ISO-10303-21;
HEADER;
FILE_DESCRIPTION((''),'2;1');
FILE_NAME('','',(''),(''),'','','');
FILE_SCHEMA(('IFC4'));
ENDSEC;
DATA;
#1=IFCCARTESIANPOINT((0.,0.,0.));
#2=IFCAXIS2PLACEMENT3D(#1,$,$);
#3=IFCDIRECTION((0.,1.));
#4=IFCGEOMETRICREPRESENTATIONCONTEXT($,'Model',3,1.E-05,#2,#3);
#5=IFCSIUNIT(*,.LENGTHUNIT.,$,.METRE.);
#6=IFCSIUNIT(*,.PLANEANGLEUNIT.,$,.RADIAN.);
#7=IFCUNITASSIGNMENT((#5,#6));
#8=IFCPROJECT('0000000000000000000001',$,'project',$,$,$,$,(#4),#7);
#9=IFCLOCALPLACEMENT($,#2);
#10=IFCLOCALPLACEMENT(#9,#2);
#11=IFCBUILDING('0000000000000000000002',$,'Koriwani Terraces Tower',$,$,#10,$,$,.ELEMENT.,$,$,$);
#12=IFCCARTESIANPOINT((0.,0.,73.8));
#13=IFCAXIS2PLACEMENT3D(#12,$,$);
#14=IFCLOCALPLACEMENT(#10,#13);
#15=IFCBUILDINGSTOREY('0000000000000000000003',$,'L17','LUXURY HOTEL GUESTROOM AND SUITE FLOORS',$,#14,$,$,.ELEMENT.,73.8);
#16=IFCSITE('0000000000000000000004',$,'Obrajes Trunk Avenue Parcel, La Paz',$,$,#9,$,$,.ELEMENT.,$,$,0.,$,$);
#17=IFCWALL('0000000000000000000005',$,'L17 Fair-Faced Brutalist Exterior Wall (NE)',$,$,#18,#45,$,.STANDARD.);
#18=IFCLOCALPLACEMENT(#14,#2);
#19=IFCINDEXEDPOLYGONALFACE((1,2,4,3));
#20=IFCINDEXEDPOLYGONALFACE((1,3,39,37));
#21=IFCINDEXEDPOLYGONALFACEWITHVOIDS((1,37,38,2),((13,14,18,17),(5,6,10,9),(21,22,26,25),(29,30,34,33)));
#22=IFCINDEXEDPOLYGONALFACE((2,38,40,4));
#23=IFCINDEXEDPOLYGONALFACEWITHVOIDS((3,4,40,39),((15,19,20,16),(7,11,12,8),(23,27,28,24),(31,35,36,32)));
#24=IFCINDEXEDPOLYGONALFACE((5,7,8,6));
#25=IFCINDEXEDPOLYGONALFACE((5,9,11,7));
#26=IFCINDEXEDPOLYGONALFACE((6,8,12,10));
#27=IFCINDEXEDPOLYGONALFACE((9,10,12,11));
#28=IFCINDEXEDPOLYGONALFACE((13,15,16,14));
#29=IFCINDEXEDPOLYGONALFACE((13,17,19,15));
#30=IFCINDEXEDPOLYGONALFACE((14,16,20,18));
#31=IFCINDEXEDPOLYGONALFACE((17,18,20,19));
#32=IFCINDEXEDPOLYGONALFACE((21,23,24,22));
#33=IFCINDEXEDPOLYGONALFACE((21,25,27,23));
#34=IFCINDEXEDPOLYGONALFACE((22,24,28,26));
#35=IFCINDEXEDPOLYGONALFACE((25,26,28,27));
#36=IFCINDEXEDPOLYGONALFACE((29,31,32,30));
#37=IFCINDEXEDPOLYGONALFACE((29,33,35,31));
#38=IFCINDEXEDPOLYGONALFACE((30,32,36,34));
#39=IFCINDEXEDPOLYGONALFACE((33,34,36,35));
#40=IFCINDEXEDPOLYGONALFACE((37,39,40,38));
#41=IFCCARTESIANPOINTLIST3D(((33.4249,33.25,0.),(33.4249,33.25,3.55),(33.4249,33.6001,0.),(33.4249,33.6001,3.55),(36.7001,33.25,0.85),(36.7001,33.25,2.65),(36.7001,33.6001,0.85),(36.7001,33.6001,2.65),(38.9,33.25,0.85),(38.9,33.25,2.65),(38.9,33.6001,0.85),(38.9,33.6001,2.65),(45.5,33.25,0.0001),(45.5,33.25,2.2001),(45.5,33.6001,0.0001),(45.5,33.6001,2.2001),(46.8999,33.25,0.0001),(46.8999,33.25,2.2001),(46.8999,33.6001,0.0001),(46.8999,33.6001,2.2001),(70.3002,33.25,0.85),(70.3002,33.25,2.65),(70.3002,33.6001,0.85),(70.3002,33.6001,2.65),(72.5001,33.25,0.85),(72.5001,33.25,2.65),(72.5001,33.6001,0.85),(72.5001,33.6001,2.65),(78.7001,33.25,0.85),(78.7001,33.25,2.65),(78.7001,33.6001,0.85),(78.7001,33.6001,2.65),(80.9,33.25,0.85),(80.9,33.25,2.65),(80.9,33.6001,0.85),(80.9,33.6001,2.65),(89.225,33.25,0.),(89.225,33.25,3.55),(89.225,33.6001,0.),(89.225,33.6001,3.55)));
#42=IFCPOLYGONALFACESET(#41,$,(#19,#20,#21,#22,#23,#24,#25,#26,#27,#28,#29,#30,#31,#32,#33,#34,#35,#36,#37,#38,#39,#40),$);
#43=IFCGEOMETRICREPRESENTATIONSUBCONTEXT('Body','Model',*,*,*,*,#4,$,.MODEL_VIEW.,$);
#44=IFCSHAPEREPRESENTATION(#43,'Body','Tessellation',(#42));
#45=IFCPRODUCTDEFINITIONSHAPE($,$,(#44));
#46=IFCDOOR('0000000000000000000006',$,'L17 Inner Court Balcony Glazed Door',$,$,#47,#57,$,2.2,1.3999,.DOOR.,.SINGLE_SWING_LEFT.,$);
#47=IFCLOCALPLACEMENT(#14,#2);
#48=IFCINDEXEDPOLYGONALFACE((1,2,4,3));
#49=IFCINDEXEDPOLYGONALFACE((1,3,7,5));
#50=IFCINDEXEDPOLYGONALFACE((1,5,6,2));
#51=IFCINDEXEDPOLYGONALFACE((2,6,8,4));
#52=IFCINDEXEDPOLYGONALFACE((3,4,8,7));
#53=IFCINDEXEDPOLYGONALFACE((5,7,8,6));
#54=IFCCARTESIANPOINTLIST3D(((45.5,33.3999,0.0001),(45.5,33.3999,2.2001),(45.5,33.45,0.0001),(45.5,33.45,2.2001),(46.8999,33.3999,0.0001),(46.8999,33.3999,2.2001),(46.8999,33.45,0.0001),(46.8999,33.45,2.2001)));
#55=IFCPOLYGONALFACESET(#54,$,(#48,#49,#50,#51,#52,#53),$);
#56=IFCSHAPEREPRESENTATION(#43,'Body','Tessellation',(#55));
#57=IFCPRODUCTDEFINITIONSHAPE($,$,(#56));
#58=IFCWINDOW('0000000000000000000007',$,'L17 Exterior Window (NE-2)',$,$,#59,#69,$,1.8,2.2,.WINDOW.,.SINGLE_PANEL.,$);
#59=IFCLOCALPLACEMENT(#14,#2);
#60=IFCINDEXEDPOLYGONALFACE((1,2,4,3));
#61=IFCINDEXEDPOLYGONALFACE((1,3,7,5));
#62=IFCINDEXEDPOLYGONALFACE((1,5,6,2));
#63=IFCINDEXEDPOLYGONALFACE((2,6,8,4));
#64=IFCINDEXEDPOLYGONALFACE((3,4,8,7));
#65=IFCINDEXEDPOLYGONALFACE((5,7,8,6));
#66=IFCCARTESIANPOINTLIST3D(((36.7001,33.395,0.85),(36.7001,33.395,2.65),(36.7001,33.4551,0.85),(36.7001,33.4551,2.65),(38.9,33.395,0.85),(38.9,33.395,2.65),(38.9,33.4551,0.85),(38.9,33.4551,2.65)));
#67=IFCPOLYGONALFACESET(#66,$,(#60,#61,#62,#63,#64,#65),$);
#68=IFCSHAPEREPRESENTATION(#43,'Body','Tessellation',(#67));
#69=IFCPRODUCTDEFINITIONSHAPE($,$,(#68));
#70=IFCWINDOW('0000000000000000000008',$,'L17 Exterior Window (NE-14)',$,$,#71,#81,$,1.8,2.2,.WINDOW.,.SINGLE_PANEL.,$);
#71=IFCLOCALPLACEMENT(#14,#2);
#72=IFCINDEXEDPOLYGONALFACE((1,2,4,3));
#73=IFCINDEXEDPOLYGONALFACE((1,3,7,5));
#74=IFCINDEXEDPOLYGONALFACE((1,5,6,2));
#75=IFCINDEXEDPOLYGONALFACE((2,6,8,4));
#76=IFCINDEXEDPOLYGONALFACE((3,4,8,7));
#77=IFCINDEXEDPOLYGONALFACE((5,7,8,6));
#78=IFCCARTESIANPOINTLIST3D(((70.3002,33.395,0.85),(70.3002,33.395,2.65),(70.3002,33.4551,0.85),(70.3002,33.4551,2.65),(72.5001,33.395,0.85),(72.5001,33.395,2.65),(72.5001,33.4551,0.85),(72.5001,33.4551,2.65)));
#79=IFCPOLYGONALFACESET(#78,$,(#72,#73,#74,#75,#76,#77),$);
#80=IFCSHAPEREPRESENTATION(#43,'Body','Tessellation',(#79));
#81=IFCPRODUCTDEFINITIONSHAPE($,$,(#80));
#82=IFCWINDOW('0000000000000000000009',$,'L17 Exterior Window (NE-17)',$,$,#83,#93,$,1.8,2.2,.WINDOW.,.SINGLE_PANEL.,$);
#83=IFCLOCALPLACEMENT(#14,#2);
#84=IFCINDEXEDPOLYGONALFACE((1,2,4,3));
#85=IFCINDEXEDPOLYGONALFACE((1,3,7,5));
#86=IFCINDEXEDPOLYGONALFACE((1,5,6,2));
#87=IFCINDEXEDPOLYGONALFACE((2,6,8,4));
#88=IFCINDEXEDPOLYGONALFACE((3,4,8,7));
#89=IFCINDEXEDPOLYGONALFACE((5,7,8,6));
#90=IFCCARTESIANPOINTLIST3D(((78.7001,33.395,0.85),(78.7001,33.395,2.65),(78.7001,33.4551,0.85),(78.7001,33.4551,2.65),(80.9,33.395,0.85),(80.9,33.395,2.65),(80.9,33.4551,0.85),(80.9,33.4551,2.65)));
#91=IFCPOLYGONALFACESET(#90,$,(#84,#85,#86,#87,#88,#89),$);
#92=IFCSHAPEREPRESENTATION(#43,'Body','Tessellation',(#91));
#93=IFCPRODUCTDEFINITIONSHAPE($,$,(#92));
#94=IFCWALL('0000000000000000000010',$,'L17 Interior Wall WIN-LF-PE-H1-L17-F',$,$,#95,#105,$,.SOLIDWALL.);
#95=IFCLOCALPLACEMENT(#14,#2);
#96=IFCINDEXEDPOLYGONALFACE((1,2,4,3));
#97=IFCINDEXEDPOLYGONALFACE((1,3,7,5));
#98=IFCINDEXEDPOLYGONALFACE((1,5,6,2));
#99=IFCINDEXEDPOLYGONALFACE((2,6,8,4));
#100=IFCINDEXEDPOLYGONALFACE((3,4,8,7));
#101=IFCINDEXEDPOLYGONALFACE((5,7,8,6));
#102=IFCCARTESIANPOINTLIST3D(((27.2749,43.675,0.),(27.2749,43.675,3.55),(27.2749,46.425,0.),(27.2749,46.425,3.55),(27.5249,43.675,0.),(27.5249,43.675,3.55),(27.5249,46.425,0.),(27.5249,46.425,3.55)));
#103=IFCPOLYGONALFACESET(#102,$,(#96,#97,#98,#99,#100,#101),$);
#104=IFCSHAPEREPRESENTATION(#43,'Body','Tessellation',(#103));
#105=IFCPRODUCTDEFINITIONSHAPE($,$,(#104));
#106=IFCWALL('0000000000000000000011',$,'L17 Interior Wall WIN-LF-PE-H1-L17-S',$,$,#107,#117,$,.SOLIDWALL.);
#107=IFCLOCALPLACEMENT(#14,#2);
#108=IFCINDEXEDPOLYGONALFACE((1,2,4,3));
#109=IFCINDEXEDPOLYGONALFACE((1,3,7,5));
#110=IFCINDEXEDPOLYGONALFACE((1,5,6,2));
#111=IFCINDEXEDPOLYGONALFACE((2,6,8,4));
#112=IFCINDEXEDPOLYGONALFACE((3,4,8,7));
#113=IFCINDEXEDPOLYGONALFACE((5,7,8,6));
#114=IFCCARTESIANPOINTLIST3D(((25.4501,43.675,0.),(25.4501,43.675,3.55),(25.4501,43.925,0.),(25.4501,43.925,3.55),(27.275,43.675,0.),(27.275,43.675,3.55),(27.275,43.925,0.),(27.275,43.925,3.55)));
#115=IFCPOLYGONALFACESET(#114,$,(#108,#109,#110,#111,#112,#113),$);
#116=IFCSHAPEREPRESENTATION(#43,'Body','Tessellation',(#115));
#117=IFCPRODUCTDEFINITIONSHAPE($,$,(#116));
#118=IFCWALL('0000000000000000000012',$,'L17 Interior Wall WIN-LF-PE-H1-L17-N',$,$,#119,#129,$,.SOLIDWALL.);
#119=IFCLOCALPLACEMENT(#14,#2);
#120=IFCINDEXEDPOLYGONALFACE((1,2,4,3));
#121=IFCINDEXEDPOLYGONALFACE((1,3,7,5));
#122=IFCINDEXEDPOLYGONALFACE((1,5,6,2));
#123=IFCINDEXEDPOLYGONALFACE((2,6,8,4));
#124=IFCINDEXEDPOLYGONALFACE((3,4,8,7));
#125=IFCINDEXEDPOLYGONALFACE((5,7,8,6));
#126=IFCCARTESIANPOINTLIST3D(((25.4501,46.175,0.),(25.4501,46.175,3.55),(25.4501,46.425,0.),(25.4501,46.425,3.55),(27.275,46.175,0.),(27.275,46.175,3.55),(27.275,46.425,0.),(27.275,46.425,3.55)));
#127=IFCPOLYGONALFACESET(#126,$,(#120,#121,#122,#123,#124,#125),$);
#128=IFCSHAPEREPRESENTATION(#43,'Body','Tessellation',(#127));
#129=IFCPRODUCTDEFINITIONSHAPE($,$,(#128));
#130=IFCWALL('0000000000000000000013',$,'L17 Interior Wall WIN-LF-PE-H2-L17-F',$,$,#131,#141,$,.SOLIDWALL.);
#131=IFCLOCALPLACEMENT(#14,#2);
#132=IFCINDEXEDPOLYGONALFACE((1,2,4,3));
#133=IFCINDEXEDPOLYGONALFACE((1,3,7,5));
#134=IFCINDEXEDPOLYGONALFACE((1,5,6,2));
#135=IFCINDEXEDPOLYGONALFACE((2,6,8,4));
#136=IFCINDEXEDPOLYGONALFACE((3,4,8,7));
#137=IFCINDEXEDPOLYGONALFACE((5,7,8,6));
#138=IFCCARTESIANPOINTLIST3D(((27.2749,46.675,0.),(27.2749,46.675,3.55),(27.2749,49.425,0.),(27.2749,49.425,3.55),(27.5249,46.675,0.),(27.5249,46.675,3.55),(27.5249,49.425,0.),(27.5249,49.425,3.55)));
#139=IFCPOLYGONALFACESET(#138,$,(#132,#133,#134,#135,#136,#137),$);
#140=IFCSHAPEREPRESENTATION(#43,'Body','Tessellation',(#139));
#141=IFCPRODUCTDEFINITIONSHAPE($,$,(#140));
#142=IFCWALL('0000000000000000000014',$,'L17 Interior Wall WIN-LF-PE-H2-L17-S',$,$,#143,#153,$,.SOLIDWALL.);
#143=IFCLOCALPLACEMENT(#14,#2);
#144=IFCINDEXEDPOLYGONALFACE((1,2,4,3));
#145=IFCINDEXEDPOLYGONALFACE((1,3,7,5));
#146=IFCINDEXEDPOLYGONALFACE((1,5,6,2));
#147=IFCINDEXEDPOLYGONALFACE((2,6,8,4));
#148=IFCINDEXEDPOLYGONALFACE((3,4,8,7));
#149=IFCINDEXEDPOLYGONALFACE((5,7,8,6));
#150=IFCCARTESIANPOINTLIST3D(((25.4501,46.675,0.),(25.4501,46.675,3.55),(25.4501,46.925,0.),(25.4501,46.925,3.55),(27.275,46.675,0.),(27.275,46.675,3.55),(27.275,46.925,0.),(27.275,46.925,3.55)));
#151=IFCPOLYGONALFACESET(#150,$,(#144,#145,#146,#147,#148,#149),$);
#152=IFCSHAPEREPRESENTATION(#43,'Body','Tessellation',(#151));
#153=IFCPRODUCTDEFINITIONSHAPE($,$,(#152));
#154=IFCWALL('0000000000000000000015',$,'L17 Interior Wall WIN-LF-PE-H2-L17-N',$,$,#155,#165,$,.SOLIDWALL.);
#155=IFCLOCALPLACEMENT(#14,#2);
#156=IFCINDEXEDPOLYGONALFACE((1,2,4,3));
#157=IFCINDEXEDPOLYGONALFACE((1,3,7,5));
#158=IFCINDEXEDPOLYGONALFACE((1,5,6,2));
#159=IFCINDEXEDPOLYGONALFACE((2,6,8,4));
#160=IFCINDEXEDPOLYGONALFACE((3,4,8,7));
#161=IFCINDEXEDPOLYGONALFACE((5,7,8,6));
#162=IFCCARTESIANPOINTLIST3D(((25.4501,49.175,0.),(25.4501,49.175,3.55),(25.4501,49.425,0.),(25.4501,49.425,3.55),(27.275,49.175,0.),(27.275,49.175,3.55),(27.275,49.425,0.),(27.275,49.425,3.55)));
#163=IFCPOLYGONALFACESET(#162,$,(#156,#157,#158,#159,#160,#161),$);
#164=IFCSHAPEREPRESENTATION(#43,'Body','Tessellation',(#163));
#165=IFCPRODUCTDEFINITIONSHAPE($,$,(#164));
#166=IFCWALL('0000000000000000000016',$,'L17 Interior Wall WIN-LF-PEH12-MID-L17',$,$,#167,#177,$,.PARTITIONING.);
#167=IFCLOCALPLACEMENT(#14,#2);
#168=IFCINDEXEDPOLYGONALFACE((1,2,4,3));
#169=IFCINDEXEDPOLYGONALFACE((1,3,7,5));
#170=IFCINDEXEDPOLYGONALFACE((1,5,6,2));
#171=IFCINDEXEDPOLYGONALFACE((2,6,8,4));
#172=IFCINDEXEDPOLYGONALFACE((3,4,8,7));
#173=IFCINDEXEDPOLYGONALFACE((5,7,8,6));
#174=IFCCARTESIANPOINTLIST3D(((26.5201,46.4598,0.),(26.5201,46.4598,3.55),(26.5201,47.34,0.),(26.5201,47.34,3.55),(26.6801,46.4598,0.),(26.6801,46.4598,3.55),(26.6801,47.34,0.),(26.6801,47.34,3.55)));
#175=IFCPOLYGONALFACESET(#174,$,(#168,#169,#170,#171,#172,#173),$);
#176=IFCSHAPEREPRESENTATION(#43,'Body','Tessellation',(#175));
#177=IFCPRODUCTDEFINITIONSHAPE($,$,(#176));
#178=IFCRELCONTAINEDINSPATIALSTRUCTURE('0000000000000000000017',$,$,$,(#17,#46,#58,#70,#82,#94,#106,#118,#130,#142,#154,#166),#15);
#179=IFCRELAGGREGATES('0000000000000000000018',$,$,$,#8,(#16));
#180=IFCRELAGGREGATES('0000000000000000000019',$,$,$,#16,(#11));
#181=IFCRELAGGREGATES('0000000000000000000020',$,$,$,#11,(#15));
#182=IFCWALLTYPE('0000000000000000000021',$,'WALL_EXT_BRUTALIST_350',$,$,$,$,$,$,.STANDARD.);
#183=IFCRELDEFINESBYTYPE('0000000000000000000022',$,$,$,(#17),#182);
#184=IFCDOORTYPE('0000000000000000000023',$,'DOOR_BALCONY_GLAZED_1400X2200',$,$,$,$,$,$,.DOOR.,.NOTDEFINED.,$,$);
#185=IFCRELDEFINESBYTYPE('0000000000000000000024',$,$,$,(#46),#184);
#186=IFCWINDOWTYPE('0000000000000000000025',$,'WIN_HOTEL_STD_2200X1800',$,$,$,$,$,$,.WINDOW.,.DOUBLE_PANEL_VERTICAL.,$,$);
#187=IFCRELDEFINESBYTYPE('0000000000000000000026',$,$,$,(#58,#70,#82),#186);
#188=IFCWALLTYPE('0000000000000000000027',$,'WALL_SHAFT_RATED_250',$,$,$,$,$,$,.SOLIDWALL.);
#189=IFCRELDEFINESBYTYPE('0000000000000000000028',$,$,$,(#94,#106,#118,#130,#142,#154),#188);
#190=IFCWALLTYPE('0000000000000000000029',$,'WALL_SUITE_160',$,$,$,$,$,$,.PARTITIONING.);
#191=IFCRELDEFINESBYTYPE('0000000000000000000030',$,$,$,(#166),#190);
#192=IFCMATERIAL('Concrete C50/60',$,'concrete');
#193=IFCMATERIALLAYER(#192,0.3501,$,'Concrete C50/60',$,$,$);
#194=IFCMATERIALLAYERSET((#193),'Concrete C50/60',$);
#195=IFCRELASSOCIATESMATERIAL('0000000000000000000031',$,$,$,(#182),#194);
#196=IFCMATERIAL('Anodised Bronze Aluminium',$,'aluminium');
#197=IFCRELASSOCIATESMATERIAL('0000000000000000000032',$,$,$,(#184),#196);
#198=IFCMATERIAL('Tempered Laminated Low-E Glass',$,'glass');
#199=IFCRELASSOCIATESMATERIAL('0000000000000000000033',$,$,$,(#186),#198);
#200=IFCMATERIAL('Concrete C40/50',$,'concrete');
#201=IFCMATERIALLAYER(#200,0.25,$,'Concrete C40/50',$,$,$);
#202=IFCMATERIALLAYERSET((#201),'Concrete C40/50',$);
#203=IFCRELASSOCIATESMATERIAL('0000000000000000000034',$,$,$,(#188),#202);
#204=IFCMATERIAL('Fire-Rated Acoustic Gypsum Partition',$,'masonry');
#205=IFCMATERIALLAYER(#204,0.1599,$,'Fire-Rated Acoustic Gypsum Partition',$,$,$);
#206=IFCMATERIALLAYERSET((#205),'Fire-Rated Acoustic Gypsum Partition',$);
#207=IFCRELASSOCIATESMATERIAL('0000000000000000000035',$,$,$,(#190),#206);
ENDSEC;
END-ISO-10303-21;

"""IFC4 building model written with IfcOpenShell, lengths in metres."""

from ifc_helpers import new_model, si_unit, direction, frame, frame_2d, origin, place, context, subcontext, project, spatial, rectangle, extrude, material, layer, layer_set, type_object, element, fill, save


model = new_model("IFC4")

# Units and contexts
model_context = context("Model", 3, precision=1e-05, world=origin(), true_north=direction((0.0, 1.0)))
body_context = subcontext(model_context, "Body", "Model", "MODEL_VIEW")
ifc_project = project(units=[si_unit("LENGTHUNIT", "METRE"), si_unit("PLANEANGLEUNIT", "RADIAN")], contexts=[model_context])

# Site, building, storey
site_placement = place(None, origin())
site = spatial("IfcSite", under=ifc_project, at=site_placement, Name="Obrajes Trunk Avenue Parcel, La Paz", CompositionType="ELEMENT", RefElevation=0.0)
building_placement = place(site_placement, origin())
building = spatial("IfcBuilding", under=site, at=building_placement, Name="Koriwani Terraces Tower", CompositionType="ELEMENT")
storey_placement = place(building_placement, frame((0.0, 0.0, 73.8)))
storey = spatial("IfcBuildingStorey", under=building, at=storey_placement, Name="L17", Description="LUXURY HOTEL GUESTROOM AND SUITE FLOORS", CompositionType="ELEMENT", Elevation=73.8)

# Shared definitions
ifc_material_1 = material(Name="Concrete C50/60", Category="concrete")

# Wall, openings, door, windows
ifc_layer_1 = layer(ifc_material_1, 0.3501, Name="Concrete C50/60")
ifc_layer_set_1 = layer_set([ifc_layer_1], Name="Concrete C50/60")
wall_type_1 = type_object("IfcWallType", Name="WALL_EXT_BRUTALIST_350", PredefinedType="STANDARD", material=ifc_layer_set_1)
wall_1_placement = place(storey_placement, frame((33.425, 33.425, 0.0), z_axis=(0.0, 0.0, 1.0), x_axis=(1.0, 0.0, 0.0)))
wall_1 = element("IfcWall", 1, at=wall_1_placement, inside=storey, type_object=wall_type_1, Name="L17 Fair-Faced Brutalist Exterior Wall (NE)", PredefinedType="STANDARD", context=body_context, shape_type="SweptSolid", body=[
    extrude(rectangle(XDim=55.8, YDim=0.3501, at=frame_2d((27.8999, 0.0))), origin(), (0.0, 0.0, 1.0), 3.55),
])
opening_1_placement = place(wall_1_placement, frame((12.075, 0.0, 0.0)))
opening_1 = element("IfcOpeningElement", 2, at=opening_1_placement, cuts=wall_1, PredefinedType="OPENING", context=body_context, shape_type="SweptSolid", body=[
    extrude(rectangle(XDim=1.3999, YDim=2.2, at=frame_2d((0.7, 1.1001))), frame((0.0, 0.1851, 0.0), z_axis=(0.0, -1.0, 0.0), x_axis=(1.0, 0.0, 0.0)), (0.0, 0.0, 1.0), 0.3701),
])
opening_2_placement = place(wall_1_placement, frame((3.2749, 0.0, 0.8501)))
opening_2 = element("IfcOpeningElement", 3, at=opening_2_placement, cuts=wall_1, PredefinedType="OPENING", context=body_context, shape_type="SweptSolid", body=[
    extrude(rectangle(XDim=2.2, YDim=1.8, at=frame_2d((1.1001, 0.8999))), frame((0.0, 0.1851, 0.0), z_axis=(0.0, -1.0, 0.0), x_axis=(1.0, 0.0, 0.0)), (0.0, 0.0, 1.0), 0.3701),
])
opening_3_placement = place(wall_1_placement, frame((36.875, 0.0, 0.8501)))
opening_3 = element("IfcOpeningElement", 4, at=opening_3_placement, cuts=wall_1, PredefinedType="OPENING", context=body_context, shape_type="SweptSolid", body=[
    extrude(rectangle(XDim=2.2, YDim=1.8, at=frame_2d((1.1001, 0.8999))), frame((0.0, 0.1851, 0.0), z_axis=(0.0, -1.0, 0.0), x_axis=(1.0, 0.0, 0.0)), (0.0, 0.0, 1.0), 0.3701),
])
opening_4_placement = place(wall_1_placement, frame((45.2749, 0.0, 0.8501)))
opening_4 = element("IfcOpeningElement", 5, at=opening_4_placement, cuts=wall_1, PredefinedType="OPENING", context=body_context, shape_type="SweptSolid", body=[
    extrude(rectangle(XDim=2.2, YDim=1.8, at=frame_2d((1.1001, 0.8999))), frame((0.0, 0.1851, 0.0), z_axis=(0.0, -1.0, 0.0), x_axis=(1.0, 0.0, 0.0)), (0.0, 0.0, 1.0), 0.3701),
])
ifc_material_2 = material(Name="Anodised Bronze Aluminium", Category="aluminium")
door_type = type_object("IfcDoorType", Name="DOOR_BALCONY_GLAZED_1400X2200", OperationType="NOTDEFINED", PredefinedType="DOOR", material=ifc_material_2)
door_placement = place(opening_1_placement, origin())
door = element("IfcDoor", 6, at=door_placement, inside=storey, type_object=door_type, Name="L17 Inner Court Balcony Glazed Door", OperationType="SINGLE_SWING_LEFT", OverallHeight=2.2, OverallWidth=1.3999, PredefinedType="DOOR", context=body_context, shape_type="SweptSolid", body=[
    extrude(rectangle(XDim=1.3999, YDim=2.2, at=frame_2d((0.7, 1.1001))), frame((0.0, 0.0249, 0.0), z_axis=(0.0, -1.0, 0.0), x_axis=(1.0, 0.0, 0.0)), (0.0, 0.0, 1.0), 0.05),
])
fill(opening_1, door)
ifc_material_3 = material(Name="Tempered Laminated Low-E Glass", Category="glass")
window_type = type_object("IfcWindowType", Name="WIN_HOTEL_STD_2200X1800", PartitioningType="DOUBLE_PANEL_VERTICAL", PredefinedType="WINDOW", material=ifc_material_3)
window_1_placement = place(opening_2_placement, origin())
window_1 = element("IfcWindow", 7, at=window_1_placement, inside=storey, type_object=window_type, Name="L17 Exterior Window (NE-2)", OverallHeight=1.8, OverallWidth=2.2, PartitioningType="SINGLE_PANEL", PredefinedType="WINDOW", context=body_context, shape_type="SweptSolid", body=[
    extrude(rectangle(XDim=2.2, YDim=1.8, at=frame_2d((1.1001, 0.8999))), frame((0.0, 0.03, 0.0), z_axis=(0.0, -1.0, 0.0), x_axis=(1.0, 0.0, 0.0)), (0.0, 0.0, 1.0), 0.0601),
])
fill(opening_2, window_1)
window_2_placement = place(opening_3_placement, origin())
window_2 = element("IfcWindow", 8, at=window_2_placement, inside=storey, type_object=window_type, Name="L17 Exterior Window (NE-14)", OverallHeight=1.8, OverallWidth=2.2, PartitioningType="SINGLE_PANEL", PredefinedType="WINDOW", context=body_context, shape_type="SweptSolid", body=[
    extrude(rectangle(XDim=2.2, YDim=1.8, at=frame_2d((1.1001, 0.8999))), frame((0.0, 0.03, 0.0), z_axis=(0.0, -1.0, 0.0), x_axis=(1.0, 0.0, 0.0)), (0.0, 0.0, 1.0), 0.0601),
])
fill(opening_3, window_2)
window_3_placement = place(opening_4_placement, origin())
window_3 = element("IfcWindow", 9, at=window_3_placement, inside=storey, type_object=window_type, Name="L17 Exterior Window (NE-17)", OverallHeight=1.8, OverallWidth=2.2, PartitioningType="SINGLE_PANEL", PredefinedType="WINDOW", context=body_context, shape_type="SweptSolid", body=[
    extrude(rectangle(XDim=2.2, YDim=1.8, at=frame_2d((1.1001, 0.8999))), frame((0.0, 0.03, 0.0), z_axis=(0.0, -1.0, 0.0), x_axis=(1.0, 0.0, 0.0)), (0.0, 0.0, 1.0), 0.0601),
])
fill(opening_4, window_3)

# Walls
ifc_material_4 = material(Name="Concrete C40/50", Category="concrete")
ifc_layer_2 = layer(ifc_material_4, 0.25, Name="Concrete C40/50")
ifc_layer_set_2 = layer_set([ifc_layer_2], Name="Concrete C40/50")
wall_type_2 = type_object("IfcWallType", Name="WALL_SHAFT_RATED_250", PredefinedType="SOLIDWALL", material=ifc_layer_set_2)
wall_2_placement = place(storey_placement, frame((27.3999, 43.675, 0.0), z_axis=(0.0, 0.0, 1.0), x_axis=(0.0, 1.0, 0.0)))
element("IfcWall", 10, at=wall_2_placement, inside=storey, type_object=wall_type_2, Name="L17 Interior Wall WIN-LF-PE-H1-L17-F", PredefinedType="SOLIDWALL", context=body_context, shape_type="SweptSolid", body=[
    extrude(rectangle(XDim=2.75, YDim=0.25, at=frame_2d((1.375, 0.0))), origin(), (0.0, 0.0, 1.0), 3.55),
])
for number, where, z_axis, x_axis, name in (
    (11, (25.45, 43.8, 0.0), (0.0, 0.0, 1.0), (1.0, 0.0, 0.0), "L17 Interior Wall WIN-LF-PE-H1-L17-S"),
    (12, (25.45, 46.3, 0.0), (0.0, 0.0, 1.0), (1.0, 0.0, 0.0), "L17 Interior Wall WIN-LF-PE-H1-L17-N"),
):
    element("IfcWall", number, at=place(storey_placement, frame(where, z_axis=z_axis, x_axis=x_axis)), inside=storey, type_object=wall_type_2, Name=name, PredefinedType="SOLIDWALL", context=body_context, shape_type="SweptSolid", body=[
        extrude(rectangle(XDim=1.825, YDim=0.25, at=frame_2d((0.9126, 0.0))), origin(), (0.0, 0.0, 1.0), 3.55),
    ])
wall_3_placement = place(storey_placement, frame((27.3999, 46.675, 0.0), z_axis=(0.0, 0.0, 1.0), x_axis=(0.0, 1.0, 0.0)))
element("IfcWall", 13, at=wall_3_placement, inside=storey, type_object=wall_type_2, Name="L17 Interior Wall WIN-LF-PE-H2-L17-F", PredefinedType="SOLIDWALL", context=body_context, shape_type="SweptSolid", body=[
    extrude(rectangle(XDim=2.75, YDim=0.25, at=frame_2d((1.375, 0.0))), origin(), (0.0, 0.0, 1.0), 3.55),
])
for number, where, z_axis, x_axis, name in (
    (14, (25.45, 46.8, 0.0), (0.0, 0.0, 1.0), (1.0, 0.0, 0.0), "L17 Interior Wall WIN-LF-PE-H2-L17-S"),
    (15, (25.45, 49.3, 0.0), (0.0, 0.0, 1.0), (1.0, 0.0, 0.0), "L17 Interior Wall WIN-LF-PE-H2-L17-N"),
):
    element("IfcWall", number, at=place(storey_placement, frame(where, z_axis=z_axis, x_axis=x_axis)), inside=storey, type_object=wall_type_2, Name=name, PredefinedType="SOLIDWALL", context=body_context, shape_type="SweptSolid", body=[
        extrude(rectangle(XDim=1.825, YDim=0.25, at=frame_2d((0.9126, 0.0))), origin(), (0.0, 0.0, 1.0), 3.55),
    ])
ifc_material_5 = material(Name="Fire-Rated Acoustic Gypsum Partition", Category="masonry")
ifc_layer_3 = layer(ifc_material_5, 0.1599, Name="Fire-Rated Acoustic Gypsum Partition")
ifc_layer_set_3 = layer_set([ifc_layer_3], Name="Fire-Rated Acoustic Gypsum Partition")
wall_type_3 = type_object("IfcWallType", Name="WALL_SUITE_160", PredefinedType="PARTITIONING", material=ifc_layer_set_3)
wall_4_placement = place(storey_placement, frame((26.6001, 46.46, 0.0), z_axis=(0.0, 0.0, 1.0), x_axis=(0.0, 1.0, 0.0)))
element("IfcWall", 16, at=wall_4_placement, inside=storey, type_object=wall_type_3, Name="L17 Interior Wall WIN-LF-PEH12-MID-L17", PredefinedType="PARTITIONING", context=body_context, shape_type="SweptSolid", body=[
    extrude(rectangle(XDim=0.8801, YDim=0.1599, at=frame_2d((0.4399, 0.0))), origin(), (0.0, 0.0, 1.0), 3.55),
])

save(model, "model.ifc")
